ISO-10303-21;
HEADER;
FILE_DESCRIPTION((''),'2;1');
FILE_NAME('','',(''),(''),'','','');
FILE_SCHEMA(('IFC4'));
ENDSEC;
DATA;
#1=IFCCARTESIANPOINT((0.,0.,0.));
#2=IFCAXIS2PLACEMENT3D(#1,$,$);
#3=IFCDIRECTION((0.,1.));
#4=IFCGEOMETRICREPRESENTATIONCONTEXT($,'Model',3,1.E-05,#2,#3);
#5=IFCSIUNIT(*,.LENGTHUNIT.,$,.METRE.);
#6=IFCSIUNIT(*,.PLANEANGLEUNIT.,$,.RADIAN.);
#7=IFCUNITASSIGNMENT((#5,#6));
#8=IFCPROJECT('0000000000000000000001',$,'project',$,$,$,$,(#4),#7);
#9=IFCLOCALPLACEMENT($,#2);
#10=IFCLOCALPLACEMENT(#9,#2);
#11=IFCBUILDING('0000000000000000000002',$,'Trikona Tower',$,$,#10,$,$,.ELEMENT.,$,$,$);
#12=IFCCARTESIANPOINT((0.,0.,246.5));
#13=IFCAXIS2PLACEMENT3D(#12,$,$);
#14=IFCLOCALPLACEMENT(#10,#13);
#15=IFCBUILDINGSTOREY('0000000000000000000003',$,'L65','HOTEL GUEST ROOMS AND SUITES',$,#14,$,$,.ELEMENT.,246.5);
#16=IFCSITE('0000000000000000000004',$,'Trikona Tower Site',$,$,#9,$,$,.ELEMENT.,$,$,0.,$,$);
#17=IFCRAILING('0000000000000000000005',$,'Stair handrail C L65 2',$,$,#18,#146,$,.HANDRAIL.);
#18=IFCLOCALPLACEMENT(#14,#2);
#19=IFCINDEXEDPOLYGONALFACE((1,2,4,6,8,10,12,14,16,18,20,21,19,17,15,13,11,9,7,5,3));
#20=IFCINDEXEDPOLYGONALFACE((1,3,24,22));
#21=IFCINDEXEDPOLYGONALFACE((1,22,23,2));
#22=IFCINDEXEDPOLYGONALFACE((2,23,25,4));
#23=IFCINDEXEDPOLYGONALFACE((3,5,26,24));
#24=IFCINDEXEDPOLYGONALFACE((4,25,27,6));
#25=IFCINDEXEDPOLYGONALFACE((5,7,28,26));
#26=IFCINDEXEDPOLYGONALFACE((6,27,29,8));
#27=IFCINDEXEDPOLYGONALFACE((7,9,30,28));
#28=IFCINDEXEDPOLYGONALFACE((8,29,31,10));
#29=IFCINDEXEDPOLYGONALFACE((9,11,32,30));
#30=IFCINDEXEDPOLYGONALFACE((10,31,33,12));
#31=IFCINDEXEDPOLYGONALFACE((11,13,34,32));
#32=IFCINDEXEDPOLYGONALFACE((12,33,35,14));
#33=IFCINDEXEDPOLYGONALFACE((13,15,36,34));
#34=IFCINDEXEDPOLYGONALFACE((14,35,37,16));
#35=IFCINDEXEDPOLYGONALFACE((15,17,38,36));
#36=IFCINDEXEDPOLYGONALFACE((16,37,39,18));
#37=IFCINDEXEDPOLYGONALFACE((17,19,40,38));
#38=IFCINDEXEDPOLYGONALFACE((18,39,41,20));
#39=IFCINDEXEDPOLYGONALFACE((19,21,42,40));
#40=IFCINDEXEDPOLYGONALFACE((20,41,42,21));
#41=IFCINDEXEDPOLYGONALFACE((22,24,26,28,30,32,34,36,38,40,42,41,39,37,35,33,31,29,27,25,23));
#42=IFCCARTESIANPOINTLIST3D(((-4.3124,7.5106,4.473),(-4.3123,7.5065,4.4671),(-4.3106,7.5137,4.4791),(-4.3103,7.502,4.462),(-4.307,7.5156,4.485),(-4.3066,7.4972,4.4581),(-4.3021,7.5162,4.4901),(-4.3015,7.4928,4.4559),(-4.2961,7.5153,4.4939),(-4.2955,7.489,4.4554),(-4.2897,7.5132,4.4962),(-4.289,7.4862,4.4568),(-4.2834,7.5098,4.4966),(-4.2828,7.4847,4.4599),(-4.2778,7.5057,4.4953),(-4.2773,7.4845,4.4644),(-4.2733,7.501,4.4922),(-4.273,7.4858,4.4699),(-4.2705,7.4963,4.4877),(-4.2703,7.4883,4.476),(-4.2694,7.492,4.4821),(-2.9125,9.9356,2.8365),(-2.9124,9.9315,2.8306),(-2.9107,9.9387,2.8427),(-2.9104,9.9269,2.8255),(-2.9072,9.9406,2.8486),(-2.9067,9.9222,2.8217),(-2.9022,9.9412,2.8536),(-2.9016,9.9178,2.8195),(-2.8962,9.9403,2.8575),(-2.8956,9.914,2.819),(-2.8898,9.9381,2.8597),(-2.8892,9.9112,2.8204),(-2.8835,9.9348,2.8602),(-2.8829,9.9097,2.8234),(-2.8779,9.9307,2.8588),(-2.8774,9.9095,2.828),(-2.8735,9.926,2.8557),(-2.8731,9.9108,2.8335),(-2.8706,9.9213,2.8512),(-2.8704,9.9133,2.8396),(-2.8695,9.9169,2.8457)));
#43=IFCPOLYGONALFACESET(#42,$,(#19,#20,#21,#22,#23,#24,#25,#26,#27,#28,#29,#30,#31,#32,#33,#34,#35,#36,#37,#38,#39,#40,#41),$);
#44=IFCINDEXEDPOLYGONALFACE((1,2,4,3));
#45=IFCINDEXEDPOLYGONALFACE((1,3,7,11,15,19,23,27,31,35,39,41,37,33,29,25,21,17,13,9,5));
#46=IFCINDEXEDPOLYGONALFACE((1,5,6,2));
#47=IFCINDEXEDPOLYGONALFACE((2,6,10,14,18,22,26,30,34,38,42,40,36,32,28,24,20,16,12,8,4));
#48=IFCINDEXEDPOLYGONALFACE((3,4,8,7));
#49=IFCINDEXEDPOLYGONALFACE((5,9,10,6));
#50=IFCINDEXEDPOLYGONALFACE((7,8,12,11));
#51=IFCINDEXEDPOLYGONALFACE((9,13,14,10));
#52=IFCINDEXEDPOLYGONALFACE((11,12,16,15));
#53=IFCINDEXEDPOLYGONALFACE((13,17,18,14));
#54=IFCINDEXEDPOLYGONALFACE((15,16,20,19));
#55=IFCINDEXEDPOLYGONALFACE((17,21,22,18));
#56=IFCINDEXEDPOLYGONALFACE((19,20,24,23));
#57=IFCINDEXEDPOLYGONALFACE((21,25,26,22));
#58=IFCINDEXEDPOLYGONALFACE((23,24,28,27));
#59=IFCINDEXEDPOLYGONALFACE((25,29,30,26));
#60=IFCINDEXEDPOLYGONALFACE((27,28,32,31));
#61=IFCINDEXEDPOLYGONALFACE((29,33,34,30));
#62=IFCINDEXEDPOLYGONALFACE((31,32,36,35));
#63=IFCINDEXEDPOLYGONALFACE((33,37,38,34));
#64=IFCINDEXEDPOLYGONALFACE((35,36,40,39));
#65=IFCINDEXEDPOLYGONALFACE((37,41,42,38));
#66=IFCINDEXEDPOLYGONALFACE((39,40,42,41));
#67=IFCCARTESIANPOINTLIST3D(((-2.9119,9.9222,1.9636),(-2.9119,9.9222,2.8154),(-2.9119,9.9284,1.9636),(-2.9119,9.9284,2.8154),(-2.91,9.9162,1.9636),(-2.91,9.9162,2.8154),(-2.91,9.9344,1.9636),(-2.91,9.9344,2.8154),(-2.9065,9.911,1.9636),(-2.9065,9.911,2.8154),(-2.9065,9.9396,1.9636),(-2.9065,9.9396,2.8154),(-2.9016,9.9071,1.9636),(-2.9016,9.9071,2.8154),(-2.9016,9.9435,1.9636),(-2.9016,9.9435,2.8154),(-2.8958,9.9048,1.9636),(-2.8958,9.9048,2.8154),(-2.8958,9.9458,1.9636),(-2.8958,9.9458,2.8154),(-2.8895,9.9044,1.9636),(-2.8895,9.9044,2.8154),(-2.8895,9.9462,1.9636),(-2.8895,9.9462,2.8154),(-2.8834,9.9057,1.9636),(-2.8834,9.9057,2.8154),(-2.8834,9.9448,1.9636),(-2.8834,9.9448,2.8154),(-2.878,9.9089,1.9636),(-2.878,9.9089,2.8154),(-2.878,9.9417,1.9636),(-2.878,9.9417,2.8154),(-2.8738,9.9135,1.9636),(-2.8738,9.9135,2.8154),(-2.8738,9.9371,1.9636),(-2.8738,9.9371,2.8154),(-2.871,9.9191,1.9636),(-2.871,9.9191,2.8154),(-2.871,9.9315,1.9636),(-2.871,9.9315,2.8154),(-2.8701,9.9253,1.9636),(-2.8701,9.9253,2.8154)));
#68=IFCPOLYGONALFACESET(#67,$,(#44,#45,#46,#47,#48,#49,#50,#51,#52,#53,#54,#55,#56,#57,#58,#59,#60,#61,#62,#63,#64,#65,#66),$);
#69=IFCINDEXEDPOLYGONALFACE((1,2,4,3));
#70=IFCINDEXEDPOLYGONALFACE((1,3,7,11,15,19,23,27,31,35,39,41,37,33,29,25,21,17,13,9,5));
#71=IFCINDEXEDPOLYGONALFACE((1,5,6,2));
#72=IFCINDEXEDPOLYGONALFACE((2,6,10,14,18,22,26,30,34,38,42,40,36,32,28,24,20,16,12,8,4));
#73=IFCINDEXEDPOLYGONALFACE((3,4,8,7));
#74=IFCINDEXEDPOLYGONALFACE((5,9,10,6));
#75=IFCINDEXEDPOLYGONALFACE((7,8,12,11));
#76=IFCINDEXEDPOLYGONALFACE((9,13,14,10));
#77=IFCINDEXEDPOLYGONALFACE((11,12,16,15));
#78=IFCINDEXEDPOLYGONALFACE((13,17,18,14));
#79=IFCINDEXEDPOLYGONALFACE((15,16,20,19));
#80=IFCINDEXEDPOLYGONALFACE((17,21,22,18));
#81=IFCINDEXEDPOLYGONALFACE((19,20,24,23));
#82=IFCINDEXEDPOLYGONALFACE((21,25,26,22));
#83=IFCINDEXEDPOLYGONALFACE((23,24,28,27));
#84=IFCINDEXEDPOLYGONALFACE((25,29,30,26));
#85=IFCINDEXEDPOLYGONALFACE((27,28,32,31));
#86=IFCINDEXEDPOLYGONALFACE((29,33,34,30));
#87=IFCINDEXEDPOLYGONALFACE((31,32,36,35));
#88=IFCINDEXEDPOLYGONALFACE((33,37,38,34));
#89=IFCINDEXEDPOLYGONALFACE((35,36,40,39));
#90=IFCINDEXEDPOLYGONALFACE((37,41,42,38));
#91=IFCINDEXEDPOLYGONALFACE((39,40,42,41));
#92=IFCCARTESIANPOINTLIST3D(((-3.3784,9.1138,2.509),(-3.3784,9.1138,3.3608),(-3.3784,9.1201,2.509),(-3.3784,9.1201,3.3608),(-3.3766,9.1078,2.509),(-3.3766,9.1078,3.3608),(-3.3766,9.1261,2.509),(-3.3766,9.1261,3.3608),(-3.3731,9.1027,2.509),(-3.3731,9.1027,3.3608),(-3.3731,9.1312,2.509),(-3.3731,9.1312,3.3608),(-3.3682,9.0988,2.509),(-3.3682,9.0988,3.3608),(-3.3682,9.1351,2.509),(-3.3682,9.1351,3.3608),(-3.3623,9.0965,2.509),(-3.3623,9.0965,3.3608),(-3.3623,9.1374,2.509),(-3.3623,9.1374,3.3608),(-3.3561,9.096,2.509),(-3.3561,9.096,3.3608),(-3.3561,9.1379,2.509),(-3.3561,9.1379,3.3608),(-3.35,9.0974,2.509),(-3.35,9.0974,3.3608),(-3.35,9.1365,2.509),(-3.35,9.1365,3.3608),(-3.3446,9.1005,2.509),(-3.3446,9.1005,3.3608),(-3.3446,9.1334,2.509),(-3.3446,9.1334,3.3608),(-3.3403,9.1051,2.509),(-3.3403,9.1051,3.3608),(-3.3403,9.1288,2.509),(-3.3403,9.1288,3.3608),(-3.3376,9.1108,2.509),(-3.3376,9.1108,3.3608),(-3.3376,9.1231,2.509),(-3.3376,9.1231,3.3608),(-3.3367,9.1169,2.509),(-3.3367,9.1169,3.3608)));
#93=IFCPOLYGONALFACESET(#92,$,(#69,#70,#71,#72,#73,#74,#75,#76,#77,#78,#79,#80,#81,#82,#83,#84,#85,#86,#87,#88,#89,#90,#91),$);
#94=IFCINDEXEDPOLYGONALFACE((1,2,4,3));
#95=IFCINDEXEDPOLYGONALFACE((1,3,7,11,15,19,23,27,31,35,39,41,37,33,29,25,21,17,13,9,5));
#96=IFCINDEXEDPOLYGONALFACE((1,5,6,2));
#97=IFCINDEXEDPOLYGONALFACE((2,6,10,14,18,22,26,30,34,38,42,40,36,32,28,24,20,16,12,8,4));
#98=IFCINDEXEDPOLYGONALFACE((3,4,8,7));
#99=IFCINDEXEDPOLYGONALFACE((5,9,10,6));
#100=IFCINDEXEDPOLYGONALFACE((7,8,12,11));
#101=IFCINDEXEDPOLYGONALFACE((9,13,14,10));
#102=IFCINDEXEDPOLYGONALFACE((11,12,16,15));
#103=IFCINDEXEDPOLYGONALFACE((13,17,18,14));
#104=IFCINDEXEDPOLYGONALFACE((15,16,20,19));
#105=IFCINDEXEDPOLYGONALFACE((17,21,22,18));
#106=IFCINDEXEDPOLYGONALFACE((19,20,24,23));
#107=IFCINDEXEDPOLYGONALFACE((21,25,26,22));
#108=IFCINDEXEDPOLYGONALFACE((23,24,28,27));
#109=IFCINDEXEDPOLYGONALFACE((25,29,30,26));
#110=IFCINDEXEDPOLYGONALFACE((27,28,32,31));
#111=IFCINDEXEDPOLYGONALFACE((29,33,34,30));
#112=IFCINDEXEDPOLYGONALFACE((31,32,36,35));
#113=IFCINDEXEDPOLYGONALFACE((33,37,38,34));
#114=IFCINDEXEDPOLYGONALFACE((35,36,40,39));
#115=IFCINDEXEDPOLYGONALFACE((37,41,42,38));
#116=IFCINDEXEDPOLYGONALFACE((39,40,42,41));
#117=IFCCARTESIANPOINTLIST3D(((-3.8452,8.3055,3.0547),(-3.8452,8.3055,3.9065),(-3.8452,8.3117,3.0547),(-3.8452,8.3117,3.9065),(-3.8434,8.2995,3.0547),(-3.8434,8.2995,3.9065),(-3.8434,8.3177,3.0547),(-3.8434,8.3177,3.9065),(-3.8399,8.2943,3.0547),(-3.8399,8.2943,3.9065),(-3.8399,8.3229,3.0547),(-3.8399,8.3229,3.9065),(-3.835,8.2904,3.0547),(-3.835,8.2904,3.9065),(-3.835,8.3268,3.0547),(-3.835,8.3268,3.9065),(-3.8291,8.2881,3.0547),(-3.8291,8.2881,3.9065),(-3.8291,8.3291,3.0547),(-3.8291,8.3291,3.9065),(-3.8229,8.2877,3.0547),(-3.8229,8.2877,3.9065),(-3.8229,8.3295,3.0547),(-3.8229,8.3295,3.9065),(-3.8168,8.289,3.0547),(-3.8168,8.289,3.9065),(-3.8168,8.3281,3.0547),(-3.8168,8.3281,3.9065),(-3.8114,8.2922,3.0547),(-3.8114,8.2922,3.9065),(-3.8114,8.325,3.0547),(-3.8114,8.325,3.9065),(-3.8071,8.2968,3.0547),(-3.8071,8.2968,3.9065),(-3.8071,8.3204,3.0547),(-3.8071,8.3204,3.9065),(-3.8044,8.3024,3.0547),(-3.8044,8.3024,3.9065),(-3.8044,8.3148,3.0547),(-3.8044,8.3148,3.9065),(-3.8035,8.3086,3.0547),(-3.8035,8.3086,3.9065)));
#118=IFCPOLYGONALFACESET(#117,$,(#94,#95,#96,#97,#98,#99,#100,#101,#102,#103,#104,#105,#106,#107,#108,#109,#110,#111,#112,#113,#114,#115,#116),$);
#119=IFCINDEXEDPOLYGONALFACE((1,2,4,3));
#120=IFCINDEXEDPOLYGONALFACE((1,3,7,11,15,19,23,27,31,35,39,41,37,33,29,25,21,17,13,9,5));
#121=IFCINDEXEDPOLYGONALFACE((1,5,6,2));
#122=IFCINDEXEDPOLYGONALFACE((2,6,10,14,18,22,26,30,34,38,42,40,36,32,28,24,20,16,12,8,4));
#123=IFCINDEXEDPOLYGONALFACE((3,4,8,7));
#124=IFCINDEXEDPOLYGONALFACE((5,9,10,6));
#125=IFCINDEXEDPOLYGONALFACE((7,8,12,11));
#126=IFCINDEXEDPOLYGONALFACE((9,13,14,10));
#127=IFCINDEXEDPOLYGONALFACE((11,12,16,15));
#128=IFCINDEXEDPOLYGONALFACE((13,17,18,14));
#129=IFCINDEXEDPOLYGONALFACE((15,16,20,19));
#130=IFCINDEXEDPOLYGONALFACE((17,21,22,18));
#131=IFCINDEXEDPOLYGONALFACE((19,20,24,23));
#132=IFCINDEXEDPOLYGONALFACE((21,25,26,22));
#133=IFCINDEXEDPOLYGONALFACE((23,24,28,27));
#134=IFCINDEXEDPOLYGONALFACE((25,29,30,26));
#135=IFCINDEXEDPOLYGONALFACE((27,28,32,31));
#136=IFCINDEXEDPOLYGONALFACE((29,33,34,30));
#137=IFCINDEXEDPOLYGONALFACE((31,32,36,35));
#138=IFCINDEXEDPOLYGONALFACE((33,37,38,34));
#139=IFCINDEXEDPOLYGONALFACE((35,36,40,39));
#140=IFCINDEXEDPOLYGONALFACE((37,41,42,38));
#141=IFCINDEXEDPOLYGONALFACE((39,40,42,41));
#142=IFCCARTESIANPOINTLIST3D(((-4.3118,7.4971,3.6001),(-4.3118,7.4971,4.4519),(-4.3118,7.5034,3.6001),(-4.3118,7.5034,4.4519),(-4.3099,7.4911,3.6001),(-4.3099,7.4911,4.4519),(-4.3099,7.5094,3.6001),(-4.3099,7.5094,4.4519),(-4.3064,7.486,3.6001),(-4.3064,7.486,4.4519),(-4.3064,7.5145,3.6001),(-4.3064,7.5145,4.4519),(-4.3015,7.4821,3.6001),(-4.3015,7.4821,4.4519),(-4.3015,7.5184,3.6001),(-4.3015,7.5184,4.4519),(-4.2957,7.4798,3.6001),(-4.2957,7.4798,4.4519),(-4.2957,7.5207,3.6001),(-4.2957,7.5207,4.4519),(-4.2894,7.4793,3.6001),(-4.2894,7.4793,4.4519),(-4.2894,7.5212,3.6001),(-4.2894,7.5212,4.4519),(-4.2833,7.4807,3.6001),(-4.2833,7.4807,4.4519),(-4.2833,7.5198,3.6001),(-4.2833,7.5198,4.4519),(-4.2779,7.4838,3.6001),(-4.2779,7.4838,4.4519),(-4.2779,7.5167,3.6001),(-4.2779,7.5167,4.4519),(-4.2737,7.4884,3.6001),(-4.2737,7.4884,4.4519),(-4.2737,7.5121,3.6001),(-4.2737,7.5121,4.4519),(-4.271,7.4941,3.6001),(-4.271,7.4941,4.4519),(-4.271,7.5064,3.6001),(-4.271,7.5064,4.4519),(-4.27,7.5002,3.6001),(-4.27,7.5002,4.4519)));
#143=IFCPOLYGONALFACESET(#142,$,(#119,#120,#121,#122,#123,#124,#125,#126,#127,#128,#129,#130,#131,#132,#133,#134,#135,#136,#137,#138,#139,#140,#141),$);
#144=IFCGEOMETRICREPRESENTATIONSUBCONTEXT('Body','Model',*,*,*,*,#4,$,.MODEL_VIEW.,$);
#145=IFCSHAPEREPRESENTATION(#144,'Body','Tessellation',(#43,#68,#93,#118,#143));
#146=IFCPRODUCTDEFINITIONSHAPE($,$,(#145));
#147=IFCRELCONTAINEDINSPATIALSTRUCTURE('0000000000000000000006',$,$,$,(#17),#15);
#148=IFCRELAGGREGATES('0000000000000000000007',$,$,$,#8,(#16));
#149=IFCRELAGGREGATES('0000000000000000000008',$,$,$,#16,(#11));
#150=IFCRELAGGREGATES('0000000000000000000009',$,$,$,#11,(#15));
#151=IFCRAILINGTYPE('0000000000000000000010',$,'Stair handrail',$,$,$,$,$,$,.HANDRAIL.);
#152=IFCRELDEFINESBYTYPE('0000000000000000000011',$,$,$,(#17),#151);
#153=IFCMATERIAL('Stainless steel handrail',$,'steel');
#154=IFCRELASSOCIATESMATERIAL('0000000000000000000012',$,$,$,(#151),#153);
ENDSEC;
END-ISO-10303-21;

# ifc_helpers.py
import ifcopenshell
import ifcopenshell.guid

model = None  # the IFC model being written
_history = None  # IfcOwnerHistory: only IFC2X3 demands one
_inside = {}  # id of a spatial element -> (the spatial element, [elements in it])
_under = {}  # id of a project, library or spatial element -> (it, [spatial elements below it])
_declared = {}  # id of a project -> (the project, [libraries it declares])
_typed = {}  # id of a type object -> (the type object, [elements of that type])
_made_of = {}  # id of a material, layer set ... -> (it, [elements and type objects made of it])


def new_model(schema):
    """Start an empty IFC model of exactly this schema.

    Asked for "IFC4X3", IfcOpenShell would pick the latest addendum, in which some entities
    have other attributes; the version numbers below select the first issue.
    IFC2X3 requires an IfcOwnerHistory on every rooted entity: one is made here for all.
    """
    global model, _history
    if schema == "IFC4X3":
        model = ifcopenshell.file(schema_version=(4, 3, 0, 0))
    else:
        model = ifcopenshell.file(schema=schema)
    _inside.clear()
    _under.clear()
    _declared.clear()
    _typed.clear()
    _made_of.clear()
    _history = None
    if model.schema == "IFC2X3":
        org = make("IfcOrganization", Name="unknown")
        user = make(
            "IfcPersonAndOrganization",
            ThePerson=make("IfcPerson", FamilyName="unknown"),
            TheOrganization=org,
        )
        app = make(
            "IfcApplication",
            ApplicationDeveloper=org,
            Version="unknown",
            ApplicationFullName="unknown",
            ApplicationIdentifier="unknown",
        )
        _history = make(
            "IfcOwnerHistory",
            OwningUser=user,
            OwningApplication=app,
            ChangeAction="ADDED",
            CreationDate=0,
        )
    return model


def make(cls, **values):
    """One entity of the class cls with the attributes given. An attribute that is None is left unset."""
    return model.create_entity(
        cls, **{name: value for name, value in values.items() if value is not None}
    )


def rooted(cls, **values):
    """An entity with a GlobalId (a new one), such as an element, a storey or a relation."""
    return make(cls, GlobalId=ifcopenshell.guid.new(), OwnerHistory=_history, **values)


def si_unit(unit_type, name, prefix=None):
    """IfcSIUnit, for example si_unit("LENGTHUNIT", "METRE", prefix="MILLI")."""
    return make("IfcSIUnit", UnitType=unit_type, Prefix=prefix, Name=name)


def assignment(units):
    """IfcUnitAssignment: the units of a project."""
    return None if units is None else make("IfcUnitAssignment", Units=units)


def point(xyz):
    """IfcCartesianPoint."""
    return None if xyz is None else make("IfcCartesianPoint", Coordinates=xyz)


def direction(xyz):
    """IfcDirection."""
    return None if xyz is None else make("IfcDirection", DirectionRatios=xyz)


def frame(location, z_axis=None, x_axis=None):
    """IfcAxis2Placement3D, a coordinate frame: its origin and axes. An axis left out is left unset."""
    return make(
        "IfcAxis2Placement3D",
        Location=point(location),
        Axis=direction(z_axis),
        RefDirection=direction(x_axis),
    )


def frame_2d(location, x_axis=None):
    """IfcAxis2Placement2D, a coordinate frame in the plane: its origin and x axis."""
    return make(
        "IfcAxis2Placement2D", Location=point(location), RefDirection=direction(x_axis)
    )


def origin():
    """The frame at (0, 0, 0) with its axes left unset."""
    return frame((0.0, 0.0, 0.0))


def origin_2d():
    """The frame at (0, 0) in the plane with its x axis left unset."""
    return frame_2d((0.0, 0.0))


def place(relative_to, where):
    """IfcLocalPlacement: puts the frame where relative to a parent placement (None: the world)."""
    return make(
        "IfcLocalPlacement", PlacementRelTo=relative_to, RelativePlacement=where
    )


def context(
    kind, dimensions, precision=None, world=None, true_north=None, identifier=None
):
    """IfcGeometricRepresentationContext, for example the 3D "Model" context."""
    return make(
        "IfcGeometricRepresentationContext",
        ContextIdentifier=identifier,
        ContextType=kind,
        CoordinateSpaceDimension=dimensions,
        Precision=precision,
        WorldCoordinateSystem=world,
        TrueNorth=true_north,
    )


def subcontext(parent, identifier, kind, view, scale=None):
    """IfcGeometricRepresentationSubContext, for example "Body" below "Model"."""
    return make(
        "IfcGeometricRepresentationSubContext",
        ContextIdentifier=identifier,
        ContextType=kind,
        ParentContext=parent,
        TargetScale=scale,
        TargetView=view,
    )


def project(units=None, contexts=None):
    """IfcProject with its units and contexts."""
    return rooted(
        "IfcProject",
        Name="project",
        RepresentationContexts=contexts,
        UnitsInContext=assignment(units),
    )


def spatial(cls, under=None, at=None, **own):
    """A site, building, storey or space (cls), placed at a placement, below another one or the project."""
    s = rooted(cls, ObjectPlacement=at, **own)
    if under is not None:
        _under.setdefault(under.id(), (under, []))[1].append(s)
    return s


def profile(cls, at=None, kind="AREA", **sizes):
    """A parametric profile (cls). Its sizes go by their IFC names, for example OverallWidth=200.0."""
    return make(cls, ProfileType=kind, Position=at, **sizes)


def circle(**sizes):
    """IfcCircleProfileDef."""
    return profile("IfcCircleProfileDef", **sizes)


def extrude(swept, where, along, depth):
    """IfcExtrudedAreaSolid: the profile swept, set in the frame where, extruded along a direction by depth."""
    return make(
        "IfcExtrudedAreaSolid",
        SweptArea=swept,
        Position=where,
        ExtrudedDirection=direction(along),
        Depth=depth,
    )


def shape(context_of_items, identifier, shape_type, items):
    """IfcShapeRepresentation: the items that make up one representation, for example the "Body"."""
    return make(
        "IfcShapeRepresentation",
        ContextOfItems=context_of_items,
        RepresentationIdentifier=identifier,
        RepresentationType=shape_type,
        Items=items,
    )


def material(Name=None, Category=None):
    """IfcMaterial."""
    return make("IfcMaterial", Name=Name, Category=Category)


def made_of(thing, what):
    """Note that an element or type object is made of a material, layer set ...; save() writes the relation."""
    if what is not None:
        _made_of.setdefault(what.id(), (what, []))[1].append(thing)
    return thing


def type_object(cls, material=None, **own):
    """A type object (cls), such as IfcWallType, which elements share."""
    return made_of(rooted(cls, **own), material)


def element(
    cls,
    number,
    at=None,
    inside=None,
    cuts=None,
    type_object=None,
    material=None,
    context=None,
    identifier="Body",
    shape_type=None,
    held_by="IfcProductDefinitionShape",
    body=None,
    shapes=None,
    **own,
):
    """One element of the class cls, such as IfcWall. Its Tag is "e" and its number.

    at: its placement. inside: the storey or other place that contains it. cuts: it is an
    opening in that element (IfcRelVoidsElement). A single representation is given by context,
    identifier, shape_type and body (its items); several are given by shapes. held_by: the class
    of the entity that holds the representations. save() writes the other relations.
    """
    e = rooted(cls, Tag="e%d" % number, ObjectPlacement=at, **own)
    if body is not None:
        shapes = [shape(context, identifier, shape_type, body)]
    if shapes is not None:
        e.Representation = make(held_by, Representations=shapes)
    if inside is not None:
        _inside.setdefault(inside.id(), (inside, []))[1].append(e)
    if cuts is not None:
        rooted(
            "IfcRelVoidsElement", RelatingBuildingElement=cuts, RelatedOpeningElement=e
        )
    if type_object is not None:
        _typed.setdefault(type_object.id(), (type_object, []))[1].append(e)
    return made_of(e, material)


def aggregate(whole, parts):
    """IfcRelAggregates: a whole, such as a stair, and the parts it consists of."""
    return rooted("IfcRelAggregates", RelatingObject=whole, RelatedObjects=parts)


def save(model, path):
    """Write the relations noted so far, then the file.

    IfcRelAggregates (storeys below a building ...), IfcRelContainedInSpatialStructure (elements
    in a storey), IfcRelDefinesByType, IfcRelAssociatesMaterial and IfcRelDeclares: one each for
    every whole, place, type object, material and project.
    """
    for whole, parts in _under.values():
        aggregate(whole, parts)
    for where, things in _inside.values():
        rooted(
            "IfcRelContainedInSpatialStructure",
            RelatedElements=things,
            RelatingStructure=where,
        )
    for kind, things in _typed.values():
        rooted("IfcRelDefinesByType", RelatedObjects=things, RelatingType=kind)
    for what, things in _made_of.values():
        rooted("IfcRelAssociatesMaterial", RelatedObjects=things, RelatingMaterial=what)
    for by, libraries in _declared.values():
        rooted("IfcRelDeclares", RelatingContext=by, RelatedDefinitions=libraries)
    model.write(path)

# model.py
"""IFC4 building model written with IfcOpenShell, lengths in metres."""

from ifc_helpers import new_model, si_unit, direction, frame, origin, origin_2d, place, context, subcontext, project, spatial, circle, extrude, material, type_object, element, save


model = new_model("IFC4")

# Units and contexts
model_context = context("Model", 3, precision=1e-05, world=origin(), true_north=direction((0.0, 1.0)))
body_context = subcontext(model_context, "Body", "Model", "MODEL_VIEW")
ifc_project = project(units=[si_unit("LENGTHUNIT", "METRE"), si_unit("PLANEANGLEUNIT", "RADIAN")], contexts=[model_context])

# Site, building, storey
site_placement = place(None, origin())
site = spatial("IfcSite", under=ifc_project, at=site_placement, Name="Trikona Tower Site", CompositionType="ELEMENT", RefElevation=0.0)
building_placement = place(site_placement, origin())
building = spatial("IfcBuilding", under=site, at=building_placement, Name="Trikona Tower", CompositionType="ELEMENT")
storey_placement = place(building_placement, frame((0.0, 0.0, 246.5)))
storey = spatial("IfcBuildingStorey", under=building, at=storey_placement, Name="L65", Description="HOTEL GUEST ROOMS AND SUITES", CompositionType="ELEMENT", Elevation=246.5)

# Railing
ifc_material_1 = material(Name="Stainless steel handrail", Category="steel")
railing_type = type_object("IfcRailingType", Name="Stair handrail", PredefinedType="HANDRAIL", material=ifc_material_1)
railing_1_placement = place(storey_placement, frame((-2.8911, 9.9253, 1.9636)))
element("IfcRailing", 1, at=railing_1_placement, inside=storey, type_object=railing_type, Name="Stair handrail C L65 2", PredefinedType="HANDRAIL", context=body_context, shape_type="SweptSolid", body=[
    extrude(circle(Radius=0.0239, at=origin_2d()), frame((0.0, 0.0, 0.876), z_axis=(-0.431636, -0.747723, 0.504579), x_axis=(0.866056, -0.499946, 0.0)), (0.0, 0.0, 1.0), 3.2432),
    extrude(circle(Radius=0.021, at=origin_2d()), origin(), (0.0, 0.0, 1.0), 0.8518),
    extrude(circle(Radius=0.021, at=origin_2d()), frame((-0.4666, -0.8083, 0.5454)), (0.0, 0.0, 1.0), 0.8518),
    extrude(circle(Radius=0.021, at=origin_2d()), frame((-0.9333, -1.6167, 1.0911)), (0.0, 0.0, 1.0), 0.8518),
    extrude(circle(Radius=0.021, at=origin_2d()), frame((-1.3999, -2.425, 1.6365)), (0.0, 0.0, 1.0), 0.8518),
])

save(model, "model.ifc")
